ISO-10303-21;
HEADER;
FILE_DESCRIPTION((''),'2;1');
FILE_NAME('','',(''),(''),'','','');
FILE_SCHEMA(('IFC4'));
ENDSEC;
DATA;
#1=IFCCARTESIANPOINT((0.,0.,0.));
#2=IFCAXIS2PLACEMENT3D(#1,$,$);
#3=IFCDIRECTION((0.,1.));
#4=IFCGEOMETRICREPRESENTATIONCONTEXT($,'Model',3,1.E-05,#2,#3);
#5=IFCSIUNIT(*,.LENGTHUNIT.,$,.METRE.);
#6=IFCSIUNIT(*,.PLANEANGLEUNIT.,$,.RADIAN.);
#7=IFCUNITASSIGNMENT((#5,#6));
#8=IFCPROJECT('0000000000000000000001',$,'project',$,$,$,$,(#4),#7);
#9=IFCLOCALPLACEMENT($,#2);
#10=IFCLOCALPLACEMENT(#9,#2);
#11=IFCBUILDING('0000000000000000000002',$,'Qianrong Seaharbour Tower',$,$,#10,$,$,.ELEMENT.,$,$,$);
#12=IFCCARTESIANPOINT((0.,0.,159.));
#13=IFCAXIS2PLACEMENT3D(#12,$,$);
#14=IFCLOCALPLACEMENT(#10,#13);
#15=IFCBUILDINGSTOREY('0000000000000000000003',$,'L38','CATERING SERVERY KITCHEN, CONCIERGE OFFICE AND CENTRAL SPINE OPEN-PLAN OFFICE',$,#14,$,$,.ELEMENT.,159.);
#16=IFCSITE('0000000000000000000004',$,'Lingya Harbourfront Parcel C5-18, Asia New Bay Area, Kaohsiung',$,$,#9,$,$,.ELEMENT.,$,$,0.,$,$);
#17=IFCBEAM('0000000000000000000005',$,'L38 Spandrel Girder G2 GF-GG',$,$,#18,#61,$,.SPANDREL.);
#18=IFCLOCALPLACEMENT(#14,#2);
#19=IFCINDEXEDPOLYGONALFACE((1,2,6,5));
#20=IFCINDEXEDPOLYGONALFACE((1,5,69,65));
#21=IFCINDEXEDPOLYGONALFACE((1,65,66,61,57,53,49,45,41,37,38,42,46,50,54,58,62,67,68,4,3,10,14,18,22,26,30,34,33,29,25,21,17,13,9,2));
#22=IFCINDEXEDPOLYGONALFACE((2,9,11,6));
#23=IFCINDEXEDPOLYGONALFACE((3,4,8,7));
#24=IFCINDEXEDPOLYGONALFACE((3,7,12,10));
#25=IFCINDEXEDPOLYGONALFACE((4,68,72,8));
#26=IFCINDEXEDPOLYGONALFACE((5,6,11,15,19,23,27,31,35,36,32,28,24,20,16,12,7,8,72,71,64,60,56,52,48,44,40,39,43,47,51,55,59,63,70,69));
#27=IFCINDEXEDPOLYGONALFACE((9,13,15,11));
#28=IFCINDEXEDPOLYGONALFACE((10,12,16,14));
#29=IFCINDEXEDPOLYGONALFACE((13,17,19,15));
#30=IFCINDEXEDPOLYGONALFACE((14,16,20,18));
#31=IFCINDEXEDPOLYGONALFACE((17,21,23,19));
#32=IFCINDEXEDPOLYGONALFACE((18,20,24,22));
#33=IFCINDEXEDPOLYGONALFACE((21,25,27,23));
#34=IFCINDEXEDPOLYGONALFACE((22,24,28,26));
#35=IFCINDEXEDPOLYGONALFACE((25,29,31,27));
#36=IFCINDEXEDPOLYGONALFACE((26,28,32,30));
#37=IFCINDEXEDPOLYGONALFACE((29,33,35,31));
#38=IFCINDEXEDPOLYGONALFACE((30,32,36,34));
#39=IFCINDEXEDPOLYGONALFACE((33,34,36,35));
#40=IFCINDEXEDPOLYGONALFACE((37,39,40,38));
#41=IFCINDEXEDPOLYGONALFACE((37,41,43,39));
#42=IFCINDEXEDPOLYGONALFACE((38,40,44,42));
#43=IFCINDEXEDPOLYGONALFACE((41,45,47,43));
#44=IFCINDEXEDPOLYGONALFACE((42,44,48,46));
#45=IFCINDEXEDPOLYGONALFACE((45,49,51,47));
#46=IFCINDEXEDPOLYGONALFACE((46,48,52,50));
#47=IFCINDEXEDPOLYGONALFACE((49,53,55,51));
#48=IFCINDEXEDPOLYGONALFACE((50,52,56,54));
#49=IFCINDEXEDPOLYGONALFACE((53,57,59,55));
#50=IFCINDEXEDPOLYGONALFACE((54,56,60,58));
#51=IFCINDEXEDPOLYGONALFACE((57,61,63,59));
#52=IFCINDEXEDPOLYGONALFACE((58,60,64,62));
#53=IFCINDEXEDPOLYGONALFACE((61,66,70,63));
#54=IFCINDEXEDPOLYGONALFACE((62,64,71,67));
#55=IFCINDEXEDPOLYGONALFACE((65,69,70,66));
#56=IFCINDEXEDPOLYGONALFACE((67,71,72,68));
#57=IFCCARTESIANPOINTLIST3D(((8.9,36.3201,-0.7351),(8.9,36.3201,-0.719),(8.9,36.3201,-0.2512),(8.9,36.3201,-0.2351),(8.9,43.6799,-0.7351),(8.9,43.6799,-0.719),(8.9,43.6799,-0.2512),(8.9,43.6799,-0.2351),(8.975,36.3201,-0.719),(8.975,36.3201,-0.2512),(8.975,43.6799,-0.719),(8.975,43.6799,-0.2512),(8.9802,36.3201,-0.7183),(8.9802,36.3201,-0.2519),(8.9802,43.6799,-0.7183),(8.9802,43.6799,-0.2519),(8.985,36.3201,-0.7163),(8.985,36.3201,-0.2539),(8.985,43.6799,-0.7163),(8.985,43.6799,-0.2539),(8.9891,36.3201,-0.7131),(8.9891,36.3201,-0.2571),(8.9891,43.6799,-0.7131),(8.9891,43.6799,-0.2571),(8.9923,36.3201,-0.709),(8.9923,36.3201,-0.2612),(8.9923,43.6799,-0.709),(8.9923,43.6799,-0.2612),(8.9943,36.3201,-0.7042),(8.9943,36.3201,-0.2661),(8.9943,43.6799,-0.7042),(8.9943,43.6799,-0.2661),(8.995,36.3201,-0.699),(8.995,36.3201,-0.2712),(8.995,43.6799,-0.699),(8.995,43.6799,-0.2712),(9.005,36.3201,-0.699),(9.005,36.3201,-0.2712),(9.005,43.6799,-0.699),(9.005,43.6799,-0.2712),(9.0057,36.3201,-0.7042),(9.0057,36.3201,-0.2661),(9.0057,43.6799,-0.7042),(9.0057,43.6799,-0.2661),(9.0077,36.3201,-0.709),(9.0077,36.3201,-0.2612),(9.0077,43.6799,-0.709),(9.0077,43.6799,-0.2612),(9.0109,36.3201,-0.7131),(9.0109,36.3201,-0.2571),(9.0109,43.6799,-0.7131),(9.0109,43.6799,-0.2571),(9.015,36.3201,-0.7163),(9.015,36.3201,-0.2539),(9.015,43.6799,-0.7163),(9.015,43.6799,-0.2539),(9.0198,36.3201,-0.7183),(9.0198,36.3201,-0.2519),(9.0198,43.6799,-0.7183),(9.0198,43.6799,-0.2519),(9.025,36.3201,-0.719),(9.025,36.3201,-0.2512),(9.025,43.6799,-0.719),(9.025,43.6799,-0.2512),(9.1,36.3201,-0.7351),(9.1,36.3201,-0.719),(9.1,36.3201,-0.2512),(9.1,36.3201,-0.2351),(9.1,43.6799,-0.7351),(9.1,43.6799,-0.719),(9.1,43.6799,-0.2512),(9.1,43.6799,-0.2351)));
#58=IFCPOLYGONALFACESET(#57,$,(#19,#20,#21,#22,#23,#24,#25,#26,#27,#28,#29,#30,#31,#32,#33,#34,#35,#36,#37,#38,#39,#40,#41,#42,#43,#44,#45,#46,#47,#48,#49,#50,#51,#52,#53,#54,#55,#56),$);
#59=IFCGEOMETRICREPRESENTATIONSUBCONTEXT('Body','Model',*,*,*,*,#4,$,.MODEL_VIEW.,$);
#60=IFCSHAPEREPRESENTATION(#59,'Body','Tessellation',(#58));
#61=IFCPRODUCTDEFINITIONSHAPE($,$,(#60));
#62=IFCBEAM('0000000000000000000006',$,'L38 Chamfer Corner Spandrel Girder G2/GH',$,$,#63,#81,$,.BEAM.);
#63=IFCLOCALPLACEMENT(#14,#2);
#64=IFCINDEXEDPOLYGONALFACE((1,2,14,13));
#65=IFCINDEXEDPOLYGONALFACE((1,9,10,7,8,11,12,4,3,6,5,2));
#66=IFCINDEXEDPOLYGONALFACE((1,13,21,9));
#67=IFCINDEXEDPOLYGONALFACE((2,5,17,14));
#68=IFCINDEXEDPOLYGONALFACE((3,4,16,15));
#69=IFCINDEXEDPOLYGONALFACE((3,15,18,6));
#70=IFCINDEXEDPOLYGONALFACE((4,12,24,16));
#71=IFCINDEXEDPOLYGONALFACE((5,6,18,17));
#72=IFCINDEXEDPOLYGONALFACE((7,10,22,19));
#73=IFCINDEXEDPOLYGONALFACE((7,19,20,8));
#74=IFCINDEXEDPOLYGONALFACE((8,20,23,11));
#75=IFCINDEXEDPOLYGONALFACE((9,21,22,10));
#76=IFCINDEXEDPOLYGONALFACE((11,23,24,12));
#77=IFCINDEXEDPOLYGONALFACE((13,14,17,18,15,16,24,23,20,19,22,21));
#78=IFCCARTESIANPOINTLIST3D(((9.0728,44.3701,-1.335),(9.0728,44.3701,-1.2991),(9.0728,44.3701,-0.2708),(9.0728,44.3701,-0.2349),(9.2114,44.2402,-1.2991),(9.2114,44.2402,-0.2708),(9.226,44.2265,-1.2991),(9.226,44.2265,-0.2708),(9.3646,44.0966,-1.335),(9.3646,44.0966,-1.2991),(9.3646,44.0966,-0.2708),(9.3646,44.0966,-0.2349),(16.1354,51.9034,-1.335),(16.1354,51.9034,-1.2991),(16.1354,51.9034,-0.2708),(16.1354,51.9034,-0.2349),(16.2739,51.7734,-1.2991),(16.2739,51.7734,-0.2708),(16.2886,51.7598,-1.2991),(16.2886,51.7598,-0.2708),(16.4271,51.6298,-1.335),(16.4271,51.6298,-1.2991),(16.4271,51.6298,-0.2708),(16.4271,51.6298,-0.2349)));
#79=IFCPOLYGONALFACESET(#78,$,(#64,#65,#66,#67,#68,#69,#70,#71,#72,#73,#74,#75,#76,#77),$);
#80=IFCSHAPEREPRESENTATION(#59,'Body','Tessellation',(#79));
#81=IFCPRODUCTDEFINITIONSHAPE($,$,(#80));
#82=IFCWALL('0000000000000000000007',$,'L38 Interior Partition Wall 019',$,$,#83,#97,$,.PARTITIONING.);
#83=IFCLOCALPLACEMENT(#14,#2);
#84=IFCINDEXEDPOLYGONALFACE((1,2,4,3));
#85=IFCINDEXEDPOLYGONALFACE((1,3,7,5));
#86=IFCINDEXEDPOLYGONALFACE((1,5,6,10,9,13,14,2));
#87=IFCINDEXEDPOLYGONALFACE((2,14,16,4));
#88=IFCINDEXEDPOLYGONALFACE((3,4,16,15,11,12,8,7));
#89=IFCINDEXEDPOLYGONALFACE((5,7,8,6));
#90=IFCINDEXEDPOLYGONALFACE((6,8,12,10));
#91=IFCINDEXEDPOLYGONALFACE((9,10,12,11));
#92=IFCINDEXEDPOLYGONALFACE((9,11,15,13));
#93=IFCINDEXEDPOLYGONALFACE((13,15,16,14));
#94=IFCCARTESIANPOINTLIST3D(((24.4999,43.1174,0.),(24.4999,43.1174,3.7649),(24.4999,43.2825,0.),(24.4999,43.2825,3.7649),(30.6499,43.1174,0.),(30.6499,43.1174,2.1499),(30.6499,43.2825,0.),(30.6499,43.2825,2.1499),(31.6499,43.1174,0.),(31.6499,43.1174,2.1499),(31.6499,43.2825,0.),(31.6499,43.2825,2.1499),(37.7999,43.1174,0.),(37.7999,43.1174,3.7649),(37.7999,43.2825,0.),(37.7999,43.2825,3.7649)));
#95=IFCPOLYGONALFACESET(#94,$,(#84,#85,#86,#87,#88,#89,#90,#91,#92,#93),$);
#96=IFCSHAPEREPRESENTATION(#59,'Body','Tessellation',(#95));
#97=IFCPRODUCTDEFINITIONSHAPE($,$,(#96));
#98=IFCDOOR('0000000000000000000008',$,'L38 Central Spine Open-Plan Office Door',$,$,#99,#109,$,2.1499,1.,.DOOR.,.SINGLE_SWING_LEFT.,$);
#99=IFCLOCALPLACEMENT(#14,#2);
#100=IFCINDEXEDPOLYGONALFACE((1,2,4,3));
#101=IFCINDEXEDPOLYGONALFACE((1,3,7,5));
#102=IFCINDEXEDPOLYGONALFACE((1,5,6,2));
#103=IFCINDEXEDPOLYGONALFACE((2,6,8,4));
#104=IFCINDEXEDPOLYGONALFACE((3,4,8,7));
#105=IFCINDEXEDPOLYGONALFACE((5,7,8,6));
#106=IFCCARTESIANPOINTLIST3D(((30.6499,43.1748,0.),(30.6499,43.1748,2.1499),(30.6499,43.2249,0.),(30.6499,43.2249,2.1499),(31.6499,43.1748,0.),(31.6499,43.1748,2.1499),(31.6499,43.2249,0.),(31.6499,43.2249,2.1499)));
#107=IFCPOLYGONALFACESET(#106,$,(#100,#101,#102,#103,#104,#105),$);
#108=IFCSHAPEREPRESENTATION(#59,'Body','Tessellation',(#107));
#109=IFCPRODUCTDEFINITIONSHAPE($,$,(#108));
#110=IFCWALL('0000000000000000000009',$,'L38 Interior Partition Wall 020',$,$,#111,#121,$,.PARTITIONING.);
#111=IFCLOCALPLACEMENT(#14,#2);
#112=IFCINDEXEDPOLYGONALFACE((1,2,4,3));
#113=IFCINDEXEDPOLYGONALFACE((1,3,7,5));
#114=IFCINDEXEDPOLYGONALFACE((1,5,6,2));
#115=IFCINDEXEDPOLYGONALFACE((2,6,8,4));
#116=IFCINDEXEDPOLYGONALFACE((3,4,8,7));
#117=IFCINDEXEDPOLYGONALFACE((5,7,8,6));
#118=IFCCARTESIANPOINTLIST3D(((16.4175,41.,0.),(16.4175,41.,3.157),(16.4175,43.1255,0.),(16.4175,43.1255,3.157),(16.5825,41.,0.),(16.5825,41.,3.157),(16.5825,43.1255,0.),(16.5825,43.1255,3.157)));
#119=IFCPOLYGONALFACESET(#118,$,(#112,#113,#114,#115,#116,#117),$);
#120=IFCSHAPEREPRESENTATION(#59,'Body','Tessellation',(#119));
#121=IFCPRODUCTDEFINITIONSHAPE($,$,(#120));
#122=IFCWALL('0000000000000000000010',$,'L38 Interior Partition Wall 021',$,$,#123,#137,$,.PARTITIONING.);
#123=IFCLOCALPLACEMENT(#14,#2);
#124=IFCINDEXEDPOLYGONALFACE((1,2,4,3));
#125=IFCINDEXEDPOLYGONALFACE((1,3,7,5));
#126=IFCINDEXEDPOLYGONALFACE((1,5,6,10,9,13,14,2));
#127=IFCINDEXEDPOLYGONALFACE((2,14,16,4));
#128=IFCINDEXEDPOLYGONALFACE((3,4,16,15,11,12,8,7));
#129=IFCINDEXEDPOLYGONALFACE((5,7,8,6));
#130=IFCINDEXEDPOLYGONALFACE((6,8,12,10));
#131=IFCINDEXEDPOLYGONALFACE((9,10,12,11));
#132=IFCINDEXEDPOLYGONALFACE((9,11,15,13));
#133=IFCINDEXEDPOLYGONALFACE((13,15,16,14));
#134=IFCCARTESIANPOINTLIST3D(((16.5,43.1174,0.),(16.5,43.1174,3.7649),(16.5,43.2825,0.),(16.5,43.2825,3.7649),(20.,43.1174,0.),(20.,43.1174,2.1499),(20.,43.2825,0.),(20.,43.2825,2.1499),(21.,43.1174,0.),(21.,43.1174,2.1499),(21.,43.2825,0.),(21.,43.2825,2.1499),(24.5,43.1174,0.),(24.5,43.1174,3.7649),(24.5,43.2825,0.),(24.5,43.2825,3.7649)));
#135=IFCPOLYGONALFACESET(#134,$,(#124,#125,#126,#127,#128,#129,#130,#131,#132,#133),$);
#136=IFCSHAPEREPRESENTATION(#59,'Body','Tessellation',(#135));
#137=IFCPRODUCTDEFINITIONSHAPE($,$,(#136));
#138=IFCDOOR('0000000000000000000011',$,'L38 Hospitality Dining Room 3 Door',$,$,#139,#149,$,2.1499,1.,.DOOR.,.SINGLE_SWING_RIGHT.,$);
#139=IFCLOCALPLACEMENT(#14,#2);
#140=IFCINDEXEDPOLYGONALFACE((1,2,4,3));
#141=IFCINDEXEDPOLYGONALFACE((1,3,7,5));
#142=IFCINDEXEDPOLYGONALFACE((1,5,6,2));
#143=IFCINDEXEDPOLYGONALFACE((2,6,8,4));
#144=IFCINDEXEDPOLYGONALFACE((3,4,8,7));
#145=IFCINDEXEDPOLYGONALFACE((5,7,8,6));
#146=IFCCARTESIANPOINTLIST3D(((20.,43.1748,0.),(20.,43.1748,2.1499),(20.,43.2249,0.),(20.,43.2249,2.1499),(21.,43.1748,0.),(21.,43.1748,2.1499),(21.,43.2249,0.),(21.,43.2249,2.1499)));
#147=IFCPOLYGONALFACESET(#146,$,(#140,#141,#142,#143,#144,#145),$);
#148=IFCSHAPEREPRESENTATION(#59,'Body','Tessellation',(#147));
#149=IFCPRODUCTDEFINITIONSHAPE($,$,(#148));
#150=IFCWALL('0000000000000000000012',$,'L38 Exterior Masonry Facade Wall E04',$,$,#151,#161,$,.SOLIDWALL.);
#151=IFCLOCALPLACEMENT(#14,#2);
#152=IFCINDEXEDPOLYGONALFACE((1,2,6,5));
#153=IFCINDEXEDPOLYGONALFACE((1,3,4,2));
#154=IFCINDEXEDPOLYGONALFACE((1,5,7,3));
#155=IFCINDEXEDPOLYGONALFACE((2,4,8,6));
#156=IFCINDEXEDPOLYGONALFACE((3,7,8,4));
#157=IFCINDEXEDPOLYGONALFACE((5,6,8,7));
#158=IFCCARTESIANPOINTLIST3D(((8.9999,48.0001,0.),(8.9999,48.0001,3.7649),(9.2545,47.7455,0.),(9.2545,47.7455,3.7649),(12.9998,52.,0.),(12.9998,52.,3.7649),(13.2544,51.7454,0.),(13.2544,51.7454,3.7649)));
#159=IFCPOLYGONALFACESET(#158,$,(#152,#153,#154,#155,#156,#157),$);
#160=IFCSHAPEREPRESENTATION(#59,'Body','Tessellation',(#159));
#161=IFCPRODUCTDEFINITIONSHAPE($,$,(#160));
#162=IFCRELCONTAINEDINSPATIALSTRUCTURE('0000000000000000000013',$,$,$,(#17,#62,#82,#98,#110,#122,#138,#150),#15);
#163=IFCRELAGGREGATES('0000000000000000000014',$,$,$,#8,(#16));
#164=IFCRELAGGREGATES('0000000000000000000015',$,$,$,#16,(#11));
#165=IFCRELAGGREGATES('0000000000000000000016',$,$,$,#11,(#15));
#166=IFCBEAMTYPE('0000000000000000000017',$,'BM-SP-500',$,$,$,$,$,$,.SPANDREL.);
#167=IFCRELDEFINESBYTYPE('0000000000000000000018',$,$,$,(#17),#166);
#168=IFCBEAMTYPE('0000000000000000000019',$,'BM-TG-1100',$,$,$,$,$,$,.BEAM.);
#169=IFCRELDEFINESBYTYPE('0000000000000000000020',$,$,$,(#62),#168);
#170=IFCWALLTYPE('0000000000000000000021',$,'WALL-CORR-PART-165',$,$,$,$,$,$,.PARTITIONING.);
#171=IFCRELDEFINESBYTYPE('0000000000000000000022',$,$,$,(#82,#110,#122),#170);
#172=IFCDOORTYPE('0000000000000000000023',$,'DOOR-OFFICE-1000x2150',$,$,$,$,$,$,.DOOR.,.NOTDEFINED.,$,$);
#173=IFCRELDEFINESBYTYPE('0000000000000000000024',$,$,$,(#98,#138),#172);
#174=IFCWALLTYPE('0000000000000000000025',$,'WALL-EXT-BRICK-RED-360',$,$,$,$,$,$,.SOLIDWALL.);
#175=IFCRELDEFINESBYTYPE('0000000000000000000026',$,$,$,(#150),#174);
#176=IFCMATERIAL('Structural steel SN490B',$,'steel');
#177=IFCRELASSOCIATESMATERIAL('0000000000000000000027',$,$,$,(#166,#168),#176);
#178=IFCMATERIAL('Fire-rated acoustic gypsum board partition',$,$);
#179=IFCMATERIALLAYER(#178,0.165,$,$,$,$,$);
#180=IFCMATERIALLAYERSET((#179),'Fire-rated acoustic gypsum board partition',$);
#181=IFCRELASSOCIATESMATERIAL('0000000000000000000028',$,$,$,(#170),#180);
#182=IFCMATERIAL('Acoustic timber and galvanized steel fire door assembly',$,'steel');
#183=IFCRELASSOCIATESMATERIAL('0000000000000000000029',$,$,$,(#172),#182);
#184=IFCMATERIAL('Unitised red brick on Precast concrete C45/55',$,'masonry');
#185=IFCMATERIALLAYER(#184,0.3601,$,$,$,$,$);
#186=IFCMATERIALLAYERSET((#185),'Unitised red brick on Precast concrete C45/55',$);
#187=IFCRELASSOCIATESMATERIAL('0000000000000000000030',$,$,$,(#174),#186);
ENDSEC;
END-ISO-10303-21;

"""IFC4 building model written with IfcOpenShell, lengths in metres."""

from ifc_helpers import new_model, si_unit, direction, frame, frame_2d, origin, origin_2d, place, context, subcontext, project, spatial, rectangle, i_section, extrude, material, layer, layer_set, material_profile, profile_set, type_object, element, fill, save


model = new_model("IFC4")

# Units and contexts
model_context = context("Model", 3, precision=1e-05, world=origin(), true_north=direction((0.0, 1.0)))
body_context = subcontext(model_context, "Body", "Model", "MODEL_VIEW")
ifc_project = project(units=[si_unit("LENGTHUNIT", "METRE"), si_unit("PLANEANGLEUNIT", "RADIAN")], contexts=[model_context])

# Site, building, storey
site_placement = place(None, origin())
site = spatial("IfcSite", under=ifc_project, at=site_placement, Name="Lingya Harbourfront Parcel C5-18, Asia New Bay Area, Kaohsiung", CompositionType="ELEMENT", RefElevation=0.0)
building_placement = place(site_placement, origin())
building = spatial("IfcBuilding", under=site, at=building_placement, Name="Qianrong Seaharbour Tower", CompositionType="ELEMENT")
storey_placement = place(building_placement, frame((0.0, 0.0, 159.0)))
storey = spatial("IfcBuildingStorey", under=building, at=storey_placement, Name="L38", Description="CATERING SERVERY KITCHEN, CONCIERGE OFFICE AND CENTRAL SPINE OPEN-PLAN OFFICE", CompositionType="ELEMENT", Elevation=159.0)

# Shared definitions
ifc_material_1 = material(Name="Structural steel SN490B", Category="steel")

# Beams
ifc_material_profile_1 = material_profile(ifc_material_1, i_section(OverallWidth=0.2, OverallDepth=0.5, WebThickness=0.01, FlangeThickness=0.0161, FilletRadius=0.02, at=origin_2d()), Name="H500x200x10x16")
ifc_profile_set_1 = profile_set([ifc_material_profile_1], Name="Structural steel SN490B")
beam_type_1 = type_object("IfcBeamType", Name="BM-SP-500", PredefinedType="SPANDREL", material=ifc_profile_set_1)
for number, where, z_axis, x_axis, name in (
    (1, (9.0, 36.3201, -0.4851), (0.0, 1.0, 0.0), (-1.0, 0.0, 0.0), "L38 Spandrel Girder G2 GF-GG"),
):
    element("IfcBeam", number, at=place(storey_placement, frame(where, z_axis=z_axis, x_axis=x_axis)), inside=storey, type_object=beam_type_1, Name=name, PredefinedType="SPANDREL", context=body_context, shape_type="SweptSolid", body=[
        extrude(i_section(OverallWidth=0.2, OverallDepth=0.5, WebThickness=0.01, FlangeThickness=0.0161, FilletRadius=0.02, at=origin_2d()), origin(), (0.0, 0.0, 1.0), 7.3599),
    ])
ifc_material_profile_2 = material_profile(ifc_material_1, i_section(OverallWidth=0.3999, OverallDepth=1.1001, WebThickness=0.02, FlangeThickness=0.0359, at=origin_2d()), Name="BH1100x400x20x36")
ifc_profile_set_2 = profile_set([ifc_material_profile_2], Name="Structural steel SN490B")
beam_type_2 = type_object("IfcBeamType", Name="BM-TG-1100", PredefinedType="BEAM", material=ifc_profile_set_2)
beam_1_placement = place(storey_placement, frame((16.2812, 51.7666, -0.7849), z_axis=(-0.683947, -0.729531, 0.0), x_axis=(0.729531, -0.683947, 0.0)))
element("IfcBeam", 2, at=beam_1_placement, inside=storey, type_object=beam_type_2, Name="L38 Chamfer Corner Spandrel Girder G2/GH", PredefinedType="BEAM", context=body_context, shape_type="SweptSolid", body=[
    extrude(i_section(OverallWidth=0.3999, OverallDepth=1.1001, WebThickness=0.02, FlangeThickness=0.0359, at=origin_2d()), origin(), (0.0, 0.0, 1.0), 10.3262),
])

# Wall, opening, door
ifc_material_2 = material(Name="Fire-rated acoustic gypsum board partition")
ifc_layer_1 = layer(ifc_material_2, 0.165)
ifc_layer_set_1 = layer_set([ifc_layer_1], Name="Fire-rated acoustic gypsum board partition")
wall_type_1 = type_object("IfcWallType", Name="WALL-CORR-PART-165", PredefinedType="PARTITIONING", material=ifc_layer_set_1)
wall_1_placement = place(storey_placement, frame((24.5, 43.2, 0.0), z_axis=(0.0, 0.0, 1.0), x_axis=(1.0, 0.0, 0.0)))
wall_1 = element("IfcWall", 3, at=wall_1_placement, inside=storey, type_object=wall_type_1, Name="L38 Interior Partition Wall 019", PredefinedType="PARTITIONING", context=body_context, shape_type="SweptSolid", body=[
    extrude(rectangle(XDim=13.3, YDim=0.165, at=frame_2d((6.6499, 0.0))), origin(), (0.0, 0.0, 1.0), 3.7649),
])
opening_1_placement = place(wall_1_placement, frame((6.1499, 0.0, 0.0)))
opening_1 = element("IfcOpeningElement", 4, at=opening_1_placement, cuts=wall_1, PredefinedType="OPENING", context=body_context, shape_type="SweptSolid", body=[
    extrude(rectangle(XDim=1.0, YDim=2.1499, at=frame_2d((0.5, 1.075))), frame((0.0, 0.0925, 0.0), z_axis=(0.0, -1.0, 0.0), x_axis=(1.0, 0.0, 0.0)), (0.0, 0.0, 1.0), 0.1851),
])
ifc_material_3 = material(Name="Acoustic timber and galvanized steel fire door assembly", Category="steel")
door_type = type_object("IfcDoorType", Name="DOOR-OFFICE-1000x2150", OperationType="NOTDEFINED", PredefinedType="DOOR", material=ifc_material_3)
door_1_placement = place(opening_1_placement, origin())
door_1 = element("IfcDoor", 5, at=door_1_placement, inside=storey, type_object=door_type, Name="L38 Central Spine Open-Plan Office Door", OperationType="SINGLE_SWING_LEFT", OverallHeight=2.1499, OverallWidth=1.0, PredefinedType="DOOR", context=body_context, shape_type="SweptSolid", body=[
    extrude(rectangle(XDim=1.0, YDim=2.1499, at=frame_2d((0.5, 1.075))), frame((0.0, 0.0249, 0.0), z_axis=(0.0, -1.0, 0.0), x_axis=(1.0, 0.0, 0.0)), (0.0, 0.0, 1.0), 0.05),
])
fill(opening_1, door_1)

# Wall
wall_2_placement = place(storey_placement, frame((16.5, 41.0, 0.0), z_axis=(0.0, 0.0, 1.0), x_axis=(0.0, 1.0, 0.0)))
element("IfcWall", 6, at=wall_2_placement, inside=storey, type_object=wall_type_1, Name="L38 Interior Partition Wall 020", PredefinedType="PARTITIONING", context=body_context, shape_type="SweptSolid", body=[
    extrude(rectangle(XDim=2.1255, YDim=0.165, at=frame_2d((1.0627, 0.0))), origin(), (0.0, 0.0, 1.0), 3.157),
])

# Wall, opening, door
wall_3_placement = place(storey_placement, frame((16.5, 43.2, 0.0), z_axis=(0.0, 0.0, 1.0), x_axis=(1.0, 0.0, 0.0)))
wall_3 = element("IfcWall", 7, at=wall_3_placement, inside=storey, type_object=wall_type_1, Name="L38 Interior Partition Wall 021", PredefinedType="PARTITIONING", context=body_context, shape_type="SweptSolid", body=[
    extrude(rectangle(XDim=8.0, YDim=0.165, at=frame_2d((4.0, 0.0))), origin(), (0.0, 0.0, 1.0), 3.7649),
])
opening_2_placement = place(wall_3_placement, frame((3.5, 0.0, 0.0)))
opening_2 = element("IfcOpeningElement", 8, at=opening_2_placement, cuts=wall_3, PredefinedType="OPENING", context=body_context, shape_type="SweptSolid", body=[
    extrude(rectangle(XDim=1.0, YDim=2.1499, at=frame_2d((0.5, 1.075))), frame((0.0, 0.0925, 0.0), z_axis=(0.0, -1.0, 0.0), x_axis=(1.0, 0.0, 0.0)), (0.0, 0.0, 1.0), 0.1851),
])
door_2_placement = place(opening_2_placement, origin())
door_2 = element("IfcDoor", 9, at=door_2_placement, inside=storey, type_object=door_type, Name="L38 Hospitality Dining Room 3 Door", OperationType="SINGLE_SWING_RIGHT", OverallHeight=2.1499, OverallWidth=1.0, PredefinedType="DOOR", context=body_context, shape_type="SweptSolid", body=[
    extrude(rectangle(XDim=1.0, YDim=2.1499, at=frame_2d((0.5, 1.075))), frame((0.0, 0.0249, 0.0), z_axis=(0.0, -1.0, 0.0), x_axis=(1.0, 0.0, 0.0)), (0.0, 0.0, 1.0), 0.05),
])
fill(opening_2, door_2)

# Wall
ifc_material_4 = material(Name="Unitised red brick on Precast concrete C45/55", Category="masonry")
ifc_layer_2 = layer(ifc_material_4, 0.3601)
ifc_layer_set_2 = layer_set([ifc_layer_2], Name="Unitised red brick on Precast concrete C45/55")
wall_type_2 = type_object("IfcWallType", Name="WALL-EXT-BRICK-RED-360", PredefinedType="SOLIDWALL", material=ifc_layer_set_2)
wall_4_placement = place(storey_placement, frame((9.1272, 47.8728, 0.0), z_axis=(0.0, 0.0, 1.0), x_axis=(0.707107, 0.707107, 0.0)))
element("IfcWall", 10, at=wall_4_placement, inside=storey, type_object=wall_type_2, Name="L38 Exterior Masonry Facade Wall E04", PredefinedType="SOLIDWALL", context=body_context, shape_type="SweptSolid", body=[
    extrude(rectangle(XDim=5.6567, YDim=0.3601, at=frame_2d((2.8284, 0.0))), origin(), (0.0, 0.0, 1.0), 3.7649),
])

save(model, "model.ifc")
